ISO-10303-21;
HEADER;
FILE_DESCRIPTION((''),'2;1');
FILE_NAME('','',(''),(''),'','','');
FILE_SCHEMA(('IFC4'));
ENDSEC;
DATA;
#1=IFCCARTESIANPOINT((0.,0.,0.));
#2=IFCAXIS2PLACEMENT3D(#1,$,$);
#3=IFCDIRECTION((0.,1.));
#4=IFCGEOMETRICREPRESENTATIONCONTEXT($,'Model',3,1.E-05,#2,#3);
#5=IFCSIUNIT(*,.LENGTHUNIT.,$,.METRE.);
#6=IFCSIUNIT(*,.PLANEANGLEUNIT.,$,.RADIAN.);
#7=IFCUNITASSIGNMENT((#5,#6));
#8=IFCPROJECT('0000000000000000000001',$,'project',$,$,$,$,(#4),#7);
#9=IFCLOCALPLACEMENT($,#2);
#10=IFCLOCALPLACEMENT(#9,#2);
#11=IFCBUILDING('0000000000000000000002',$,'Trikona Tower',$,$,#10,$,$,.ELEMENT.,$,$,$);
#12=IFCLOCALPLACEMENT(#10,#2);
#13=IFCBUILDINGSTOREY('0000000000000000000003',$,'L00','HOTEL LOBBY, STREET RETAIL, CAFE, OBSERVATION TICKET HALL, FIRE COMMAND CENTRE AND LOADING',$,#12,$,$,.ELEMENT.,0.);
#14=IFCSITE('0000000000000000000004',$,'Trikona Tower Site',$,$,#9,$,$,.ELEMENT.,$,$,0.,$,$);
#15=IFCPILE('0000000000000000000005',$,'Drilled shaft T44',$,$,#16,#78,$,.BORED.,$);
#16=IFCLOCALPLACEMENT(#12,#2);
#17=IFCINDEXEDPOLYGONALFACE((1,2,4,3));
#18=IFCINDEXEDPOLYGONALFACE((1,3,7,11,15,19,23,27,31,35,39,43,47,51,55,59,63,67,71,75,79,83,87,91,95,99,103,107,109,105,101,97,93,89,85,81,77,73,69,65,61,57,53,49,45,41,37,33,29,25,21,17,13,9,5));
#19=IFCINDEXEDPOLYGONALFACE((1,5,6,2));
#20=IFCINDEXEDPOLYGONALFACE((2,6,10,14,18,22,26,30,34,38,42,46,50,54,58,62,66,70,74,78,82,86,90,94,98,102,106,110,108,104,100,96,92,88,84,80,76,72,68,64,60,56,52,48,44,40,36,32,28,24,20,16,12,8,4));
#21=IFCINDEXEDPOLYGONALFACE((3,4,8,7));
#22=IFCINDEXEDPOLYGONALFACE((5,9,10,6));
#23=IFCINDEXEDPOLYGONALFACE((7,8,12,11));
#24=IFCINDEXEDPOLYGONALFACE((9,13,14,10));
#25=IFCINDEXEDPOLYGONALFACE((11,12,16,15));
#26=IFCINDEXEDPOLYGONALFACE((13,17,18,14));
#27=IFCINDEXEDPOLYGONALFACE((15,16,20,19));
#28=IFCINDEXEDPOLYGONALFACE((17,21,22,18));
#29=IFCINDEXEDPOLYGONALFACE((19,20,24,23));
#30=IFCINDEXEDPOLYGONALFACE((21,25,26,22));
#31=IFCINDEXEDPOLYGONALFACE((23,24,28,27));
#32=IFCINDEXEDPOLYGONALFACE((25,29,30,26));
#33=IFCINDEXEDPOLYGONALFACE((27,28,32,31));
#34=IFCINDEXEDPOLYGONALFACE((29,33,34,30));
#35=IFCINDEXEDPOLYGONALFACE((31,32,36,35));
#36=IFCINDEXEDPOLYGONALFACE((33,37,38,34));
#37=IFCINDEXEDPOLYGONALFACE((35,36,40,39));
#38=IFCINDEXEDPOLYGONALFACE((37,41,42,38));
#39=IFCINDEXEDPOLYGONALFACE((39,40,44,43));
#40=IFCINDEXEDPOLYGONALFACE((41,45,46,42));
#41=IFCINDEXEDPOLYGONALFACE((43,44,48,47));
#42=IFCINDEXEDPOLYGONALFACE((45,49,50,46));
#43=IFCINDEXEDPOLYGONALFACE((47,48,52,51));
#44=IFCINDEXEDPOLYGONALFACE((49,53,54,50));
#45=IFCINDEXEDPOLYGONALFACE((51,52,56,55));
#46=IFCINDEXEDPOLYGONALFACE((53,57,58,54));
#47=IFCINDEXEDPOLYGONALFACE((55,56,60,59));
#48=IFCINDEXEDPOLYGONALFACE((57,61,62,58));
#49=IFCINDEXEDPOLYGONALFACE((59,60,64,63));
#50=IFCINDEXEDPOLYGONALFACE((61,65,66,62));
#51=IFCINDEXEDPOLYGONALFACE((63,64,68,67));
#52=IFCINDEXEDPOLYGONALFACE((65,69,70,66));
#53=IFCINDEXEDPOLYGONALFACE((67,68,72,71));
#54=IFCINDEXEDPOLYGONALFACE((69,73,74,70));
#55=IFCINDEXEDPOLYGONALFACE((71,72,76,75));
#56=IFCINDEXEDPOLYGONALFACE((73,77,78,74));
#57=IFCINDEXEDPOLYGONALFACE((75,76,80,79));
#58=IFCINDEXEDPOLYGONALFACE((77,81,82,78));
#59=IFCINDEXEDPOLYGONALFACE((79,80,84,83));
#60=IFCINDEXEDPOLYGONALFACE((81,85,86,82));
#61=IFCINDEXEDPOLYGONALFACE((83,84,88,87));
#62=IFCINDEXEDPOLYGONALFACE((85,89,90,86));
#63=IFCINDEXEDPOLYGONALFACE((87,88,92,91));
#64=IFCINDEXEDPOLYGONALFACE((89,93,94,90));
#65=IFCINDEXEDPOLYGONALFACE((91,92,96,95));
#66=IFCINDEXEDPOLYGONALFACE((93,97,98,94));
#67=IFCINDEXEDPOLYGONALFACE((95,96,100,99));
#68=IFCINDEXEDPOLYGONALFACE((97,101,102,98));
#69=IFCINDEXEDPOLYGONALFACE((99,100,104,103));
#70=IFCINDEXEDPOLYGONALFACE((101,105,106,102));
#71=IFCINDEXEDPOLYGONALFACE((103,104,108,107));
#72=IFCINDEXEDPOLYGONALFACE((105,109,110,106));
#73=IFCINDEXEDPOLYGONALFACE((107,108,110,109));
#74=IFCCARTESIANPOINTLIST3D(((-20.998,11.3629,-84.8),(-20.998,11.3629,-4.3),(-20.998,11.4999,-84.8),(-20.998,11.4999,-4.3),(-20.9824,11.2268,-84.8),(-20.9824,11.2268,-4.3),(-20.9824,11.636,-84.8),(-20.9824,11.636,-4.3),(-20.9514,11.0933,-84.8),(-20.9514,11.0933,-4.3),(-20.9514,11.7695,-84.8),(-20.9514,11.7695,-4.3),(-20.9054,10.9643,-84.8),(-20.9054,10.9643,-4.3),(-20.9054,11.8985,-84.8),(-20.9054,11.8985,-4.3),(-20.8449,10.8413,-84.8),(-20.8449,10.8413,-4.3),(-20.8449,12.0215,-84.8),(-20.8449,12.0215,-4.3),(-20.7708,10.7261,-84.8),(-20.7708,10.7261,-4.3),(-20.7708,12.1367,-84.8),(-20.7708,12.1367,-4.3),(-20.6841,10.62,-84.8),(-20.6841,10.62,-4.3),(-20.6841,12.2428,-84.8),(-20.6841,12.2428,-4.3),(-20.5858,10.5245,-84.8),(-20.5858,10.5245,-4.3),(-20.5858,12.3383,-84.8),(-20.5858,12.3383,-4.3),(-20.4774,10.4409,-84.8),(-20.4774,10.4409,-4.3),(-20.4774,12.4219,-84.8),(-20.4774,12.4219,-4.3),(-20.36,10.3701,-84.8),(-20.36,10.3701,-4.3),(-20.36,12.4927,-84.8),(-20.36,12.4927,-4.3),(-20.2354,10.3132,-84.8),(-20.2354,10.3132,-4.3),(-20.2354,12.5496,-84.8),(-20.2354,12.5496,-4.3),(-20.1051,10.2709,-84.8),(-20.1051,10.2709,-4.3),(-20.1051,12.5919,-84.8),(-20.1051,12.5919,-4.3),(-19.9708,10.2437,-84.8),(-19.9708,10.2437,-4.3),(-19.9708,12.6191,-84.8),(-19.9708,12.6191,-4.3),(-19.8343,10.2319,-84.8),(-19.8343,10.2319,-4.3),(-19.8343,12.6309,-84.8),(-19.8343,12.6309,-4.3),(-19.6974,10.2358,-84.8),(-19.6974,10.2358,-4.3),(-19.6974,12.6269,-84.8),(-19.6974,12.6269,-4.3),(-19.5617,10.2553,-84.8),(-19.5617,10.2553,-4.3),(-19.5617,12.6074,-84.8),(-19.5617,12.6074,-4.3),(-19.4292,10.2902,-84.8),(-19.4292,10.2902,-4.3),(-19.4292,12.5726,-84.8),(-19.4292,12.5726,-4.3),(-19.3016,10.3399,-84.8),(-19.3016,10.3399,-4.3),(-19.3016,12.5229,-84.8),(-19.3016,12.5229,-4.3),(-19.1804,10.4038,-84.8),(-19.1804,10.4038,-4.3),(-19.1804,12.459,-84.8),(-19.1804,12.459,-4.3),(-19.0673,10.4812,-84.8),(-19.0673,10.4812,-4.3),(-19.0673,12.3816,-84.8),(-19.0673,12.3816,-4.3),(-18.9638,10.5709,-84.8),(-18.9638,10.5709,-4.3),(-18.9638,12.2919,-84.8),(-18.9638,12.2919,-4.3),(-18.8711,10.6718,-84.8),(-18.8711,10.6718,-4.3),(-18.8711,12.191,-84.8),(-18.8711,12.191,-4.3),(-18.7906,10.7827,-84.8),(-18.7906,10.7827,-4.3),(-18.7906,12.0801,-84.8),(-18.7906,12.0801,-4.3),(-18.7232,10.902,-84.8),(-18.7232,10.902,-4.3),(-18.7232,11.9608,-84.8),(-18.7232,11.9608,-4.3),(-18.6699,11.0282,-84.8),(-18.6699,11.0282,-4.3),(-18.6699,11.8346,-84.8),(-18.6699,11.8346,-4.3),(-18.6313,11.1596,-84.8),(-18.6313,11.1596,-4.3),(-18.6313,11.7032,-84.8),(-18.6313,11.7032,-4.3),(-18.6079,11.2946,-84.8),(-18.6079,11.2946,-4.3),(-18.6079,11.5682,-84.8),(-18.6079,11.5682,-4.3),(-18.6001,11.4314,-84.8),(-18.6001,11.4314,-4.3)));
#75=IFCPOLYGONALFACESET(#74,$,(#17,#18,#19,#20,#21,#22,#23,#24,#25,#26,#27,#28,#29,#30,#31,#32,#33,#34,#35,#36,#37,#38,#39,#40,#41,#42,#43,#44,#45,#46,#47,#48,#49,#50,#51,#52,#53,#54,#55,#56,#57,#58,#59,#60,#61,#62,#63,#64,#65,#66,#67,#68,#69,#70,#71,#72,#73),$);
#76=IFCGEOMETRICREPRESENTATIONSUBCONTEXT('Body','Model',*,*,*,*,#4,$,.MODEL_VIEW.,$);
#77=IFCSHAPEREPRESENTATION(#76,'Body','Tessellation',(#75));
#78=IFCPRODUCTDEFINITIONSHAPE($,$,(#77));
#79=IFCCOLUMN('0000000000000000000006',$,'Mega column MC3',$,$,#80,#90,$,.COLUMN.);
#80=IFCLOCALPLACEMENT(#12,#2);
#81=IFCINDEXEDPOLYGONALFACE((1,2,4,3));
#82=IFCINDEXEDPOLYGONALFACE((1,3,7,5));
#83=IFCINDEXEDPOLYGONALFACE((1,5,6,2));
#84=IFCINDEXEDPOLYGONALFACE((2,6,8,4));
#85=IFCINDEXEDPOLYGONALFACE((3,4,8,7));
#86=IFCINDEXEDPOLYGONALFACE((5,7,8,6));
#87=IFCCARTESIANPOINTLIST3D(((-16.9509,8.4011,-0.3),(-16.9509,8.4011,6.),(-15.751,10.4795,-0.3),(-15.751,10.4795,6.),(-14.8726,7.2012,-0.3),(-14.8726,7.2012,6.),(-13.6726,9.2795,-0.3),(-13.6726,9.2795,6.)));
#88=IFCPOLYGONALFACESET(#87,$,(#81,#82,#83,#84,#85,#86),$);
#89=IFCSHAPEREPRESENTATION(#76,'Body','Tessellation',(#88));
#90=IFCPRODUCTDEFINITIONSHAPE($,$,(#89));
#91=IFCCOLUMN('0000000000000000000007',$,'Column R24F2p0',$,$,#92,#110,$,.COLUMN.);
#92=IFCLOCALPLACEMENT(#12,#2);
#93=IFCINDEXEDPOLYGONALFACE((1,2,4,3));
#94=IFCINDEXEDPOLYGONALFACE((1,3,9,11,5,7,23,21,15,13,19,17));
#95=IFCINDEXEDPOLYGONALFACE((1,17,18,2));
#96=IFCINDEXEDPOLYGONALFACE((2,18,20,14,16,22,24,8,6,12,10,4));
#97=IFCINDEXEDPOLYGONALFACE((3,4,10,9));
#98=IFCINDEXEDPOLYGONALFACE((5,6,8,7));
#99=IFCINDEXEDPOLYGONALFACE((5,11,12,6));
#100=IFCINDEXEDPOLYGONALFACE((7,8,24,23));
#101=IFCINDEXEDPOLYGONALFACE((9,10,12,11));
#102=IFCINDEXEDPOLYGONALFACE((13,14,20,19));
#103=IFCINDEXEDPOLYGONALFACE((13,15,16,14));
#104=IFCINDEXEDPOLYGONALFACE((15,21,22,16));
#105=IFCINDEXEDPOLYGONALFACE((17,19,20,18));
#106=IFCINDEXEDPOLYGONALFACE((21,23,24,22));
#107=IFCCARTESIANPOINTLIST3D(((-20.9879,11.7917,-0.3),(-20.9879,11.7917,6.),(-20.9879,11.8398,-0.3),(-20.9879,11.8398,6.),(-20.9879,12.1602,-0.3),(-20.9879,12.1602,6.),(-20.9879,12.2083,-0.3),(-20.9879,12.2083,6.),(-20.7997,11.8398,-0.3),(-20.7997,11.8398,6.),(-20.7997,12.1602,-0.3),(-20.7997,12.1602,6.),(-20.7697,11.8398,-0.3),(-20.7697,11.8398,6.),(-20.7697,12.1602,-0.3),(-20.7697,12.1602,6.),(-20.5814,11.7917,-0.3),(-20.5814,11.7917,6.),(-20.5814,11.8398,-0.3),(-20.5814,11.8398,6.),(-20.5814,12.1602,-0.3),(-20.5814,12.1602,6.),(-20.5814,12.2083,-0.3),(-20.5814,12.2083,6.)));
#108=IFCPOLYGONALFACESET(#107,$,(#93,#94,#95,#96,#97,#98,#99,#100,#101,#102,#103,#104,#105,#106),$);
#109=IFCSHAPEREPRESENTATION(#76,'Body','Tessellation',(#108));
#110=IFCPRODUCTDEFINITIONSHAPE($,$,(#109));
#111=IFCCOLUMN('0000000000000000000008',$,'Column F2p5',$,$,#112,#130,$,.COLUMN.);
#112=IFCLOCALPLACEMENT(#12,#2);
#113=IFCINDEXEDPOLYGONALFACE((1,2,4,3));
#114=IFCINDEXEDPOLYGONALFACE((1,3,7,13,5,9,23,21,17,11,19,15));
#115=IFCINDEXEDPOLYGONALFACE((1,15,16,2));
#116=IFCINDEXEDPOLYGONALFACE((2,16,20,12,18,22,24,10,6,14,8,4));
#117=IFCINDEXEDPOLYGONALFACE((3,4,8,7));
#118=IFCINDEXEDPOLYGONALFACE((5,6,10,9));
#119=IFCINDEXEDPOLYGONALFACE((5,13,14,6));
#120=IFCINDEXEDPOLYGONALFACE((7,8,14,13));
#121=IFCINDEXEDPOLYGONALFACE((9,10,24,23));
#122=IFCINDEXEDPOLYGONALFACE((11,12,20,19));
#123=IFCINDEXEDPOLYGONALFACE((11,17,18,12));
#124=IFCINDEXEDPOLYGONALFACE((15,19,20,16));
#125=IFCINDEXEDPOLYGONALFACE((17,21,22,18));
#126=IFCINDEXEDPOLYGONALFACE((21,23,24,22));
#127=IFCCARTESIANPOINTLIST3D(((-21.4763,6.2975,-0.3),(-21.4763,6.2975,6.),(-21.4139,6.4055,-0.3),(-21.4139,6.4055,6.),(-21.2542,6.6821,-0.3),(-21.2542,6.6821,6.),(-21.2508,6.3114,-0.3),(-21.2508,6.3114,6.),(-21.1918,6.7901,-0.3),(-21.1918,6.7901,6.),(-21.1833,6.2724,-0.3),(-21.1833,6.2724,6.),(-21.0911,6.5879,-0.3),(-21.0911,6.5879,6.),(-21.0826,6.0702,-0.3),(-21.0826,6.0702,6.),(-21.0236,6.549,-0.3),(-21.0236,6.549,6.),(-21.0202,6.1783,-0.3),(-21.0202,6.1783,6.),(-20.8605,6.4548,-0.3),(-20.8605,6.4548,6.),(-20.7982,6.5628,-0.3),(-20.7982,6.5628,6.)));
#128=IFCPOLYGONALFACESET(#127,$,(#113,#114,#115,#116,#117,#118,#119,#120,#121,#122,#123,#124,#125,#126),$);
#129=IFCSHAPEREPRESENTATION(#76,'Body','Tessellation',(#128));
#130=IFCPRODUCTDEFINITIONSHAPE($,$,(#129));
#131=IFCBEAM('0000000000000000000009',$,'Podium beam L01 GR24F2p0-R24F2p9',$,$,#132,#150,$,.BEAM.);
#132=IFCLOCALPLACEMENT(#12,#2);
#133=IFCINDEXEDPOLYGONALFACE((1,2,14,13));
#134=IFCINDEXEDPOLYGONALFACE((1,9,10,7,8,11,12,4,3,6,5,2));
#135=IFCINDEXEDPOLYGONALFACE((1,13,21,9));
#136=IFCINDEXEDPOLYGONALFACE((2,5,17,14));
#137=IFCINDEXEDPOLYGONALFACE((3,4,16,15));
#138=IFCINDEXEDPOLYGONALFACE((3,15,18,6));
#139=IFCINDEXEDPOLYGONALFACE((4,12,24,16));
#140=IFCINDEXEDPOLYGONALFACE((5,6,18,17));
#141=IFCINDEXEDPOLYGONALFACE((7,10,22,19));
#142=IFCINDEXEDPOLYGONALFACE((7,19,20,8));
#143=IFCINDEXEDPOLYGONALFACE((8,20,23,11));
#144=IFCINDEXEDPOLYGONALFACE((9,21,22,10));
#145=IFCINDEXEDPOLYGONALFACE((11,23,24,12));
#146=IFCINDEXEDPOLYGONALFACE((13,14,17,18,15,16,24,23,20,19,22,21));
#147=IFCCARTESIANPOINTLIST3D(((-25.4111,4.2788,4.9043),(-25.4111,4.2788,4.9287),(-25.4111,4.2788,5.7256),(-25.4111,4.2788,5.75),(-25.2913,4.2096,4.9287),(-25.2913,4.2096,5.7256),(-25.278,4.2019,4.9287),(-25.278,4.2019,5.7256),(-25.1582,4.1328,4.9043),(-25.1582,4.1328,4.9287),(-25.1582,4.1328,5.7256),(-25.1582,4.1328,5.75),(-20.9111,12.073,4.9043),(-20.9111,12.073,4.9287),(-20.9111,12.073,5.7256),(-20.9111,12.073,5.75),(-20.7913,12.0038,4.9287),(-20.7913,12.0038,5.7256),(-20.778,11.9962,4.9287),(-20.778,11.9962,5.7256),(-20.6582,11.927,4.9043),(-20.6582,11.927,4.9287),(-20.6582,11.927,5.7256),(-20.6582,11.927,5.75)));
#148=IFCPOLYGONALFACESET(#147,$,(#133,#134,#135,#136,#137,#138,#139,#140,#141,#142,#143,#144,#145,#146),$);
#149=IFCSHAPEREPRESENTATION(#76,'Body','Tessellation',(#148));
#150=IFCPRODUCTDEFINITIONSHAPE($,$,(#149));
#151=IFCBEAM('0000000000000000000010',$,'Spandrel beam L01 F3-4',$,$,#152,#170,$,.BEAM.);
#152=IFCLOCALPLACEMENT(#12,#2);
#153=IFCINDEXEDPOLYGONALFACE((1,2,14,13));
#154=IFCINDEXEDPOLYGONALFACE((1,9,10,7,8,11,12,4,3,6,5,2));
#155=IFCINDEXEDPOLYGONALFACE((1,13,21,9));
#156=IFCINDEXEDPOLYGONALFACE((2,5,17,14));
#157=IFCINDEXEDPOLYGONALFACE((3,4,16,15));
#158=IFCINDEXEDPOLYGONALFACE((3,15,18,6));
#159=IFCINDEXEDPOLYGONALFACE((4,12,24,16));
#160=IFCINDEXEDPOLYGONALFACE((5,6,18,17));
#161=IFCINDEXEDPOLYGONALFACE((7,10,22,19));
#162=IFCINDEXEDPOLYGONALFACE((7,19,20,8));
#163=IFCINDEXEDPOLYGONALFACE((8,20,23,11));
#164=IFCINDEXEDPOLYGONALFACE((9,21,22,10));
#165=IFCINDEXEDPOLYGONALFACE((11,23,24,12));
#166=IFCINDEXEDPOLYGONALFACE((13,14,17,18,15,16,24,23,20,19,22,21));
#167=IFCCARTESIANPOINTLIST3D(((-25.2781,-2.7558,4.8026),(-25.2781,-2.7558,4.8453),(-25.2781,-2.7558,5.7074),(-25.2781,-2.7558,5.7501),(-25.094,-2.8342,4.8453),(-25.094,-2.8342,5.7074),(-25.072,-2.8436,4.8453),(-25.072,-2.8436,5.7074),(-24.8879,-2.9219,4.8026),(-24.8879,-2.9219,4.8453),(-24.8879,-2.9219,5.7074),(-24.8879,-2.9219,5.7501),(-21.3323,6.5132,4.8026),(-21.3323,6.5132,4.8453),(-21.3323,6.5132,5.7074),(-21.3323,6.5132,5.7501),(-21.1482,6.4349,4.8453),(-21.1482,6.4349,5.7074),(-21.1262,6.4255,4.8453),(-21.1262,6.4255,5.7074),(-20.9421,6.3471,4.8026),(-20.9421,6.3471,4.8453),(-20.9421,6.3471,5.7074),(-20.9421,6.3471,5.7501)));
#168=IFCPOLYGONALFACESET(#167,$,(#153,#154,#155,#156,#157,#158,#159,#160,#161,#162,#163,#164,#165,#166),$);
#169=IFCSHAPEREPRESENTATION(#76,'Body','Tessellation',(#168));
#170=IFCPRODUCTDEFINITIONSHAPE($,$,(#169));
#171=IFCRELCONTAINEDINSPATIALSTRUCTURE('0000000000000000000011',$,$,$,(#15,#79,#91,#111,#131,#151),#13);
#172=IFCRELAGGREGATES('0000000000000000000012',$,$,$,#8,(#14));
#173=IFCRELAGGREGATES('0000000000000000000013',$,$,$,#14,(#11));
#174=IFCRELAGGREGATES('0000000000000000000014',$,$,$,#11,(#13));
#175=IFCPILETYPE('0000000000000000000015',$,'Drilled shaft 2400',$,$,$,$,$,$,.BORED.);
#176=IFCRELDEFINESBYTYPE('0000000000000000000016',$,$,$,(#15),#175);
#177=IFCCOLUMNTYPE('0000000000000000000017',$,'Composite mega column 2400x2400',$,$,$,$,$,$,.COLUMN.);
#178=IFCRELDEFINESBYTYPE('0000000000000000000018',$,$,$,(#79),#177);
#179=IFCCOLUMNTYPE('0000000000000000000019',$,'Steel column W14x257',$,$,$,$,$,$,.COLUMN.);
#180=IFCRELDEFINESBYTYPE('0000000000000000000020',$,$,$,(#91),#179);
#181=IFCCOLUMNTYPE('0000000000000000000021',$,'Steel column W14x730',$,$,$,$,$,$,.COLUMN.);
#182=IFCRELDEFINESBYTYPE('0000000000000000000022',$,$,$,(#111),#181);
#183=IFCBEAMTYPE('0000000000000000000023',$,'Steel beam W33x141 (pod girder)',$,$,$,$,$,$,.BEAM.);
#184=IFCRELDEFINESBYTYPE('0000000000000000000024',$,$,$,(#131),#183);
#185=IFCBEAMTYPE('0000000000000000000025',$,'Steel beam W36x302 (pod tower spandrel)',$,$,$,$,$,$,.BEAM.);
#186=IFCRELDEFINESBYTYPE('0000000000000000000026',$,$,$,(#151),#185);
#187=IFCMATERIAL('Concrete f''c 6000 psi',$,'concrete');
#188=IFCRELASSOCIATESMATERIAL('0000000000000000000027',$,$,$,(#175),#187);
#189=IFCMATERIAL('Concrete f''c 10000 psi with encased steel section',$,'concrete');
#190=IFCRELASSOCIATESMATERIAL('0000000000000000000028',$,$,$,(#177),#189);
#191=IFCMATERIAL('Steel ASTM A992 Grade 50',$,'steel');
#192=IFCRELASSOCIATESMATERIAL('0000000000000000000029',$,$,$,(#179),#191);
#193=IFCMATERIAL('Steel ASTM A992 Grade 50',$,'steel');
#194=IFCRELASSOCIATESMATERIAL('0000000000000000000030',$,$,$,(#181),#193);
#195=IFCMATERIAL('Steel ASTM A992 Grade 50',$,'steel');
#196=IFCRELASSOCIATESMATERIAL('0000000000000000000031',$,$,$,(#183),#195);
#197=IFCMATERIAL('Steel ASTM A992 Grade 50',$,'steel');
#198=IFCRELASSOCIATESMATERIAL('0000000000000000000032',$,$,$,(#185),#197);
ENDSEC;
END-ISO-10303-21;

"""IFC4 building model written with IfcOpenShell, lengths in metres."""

from ifc_helpers import new_model, si_unit, direction, frame, origin, origin_2d, place, context, subcontext, project, spatial, rectangle, circle, i_section, extrude, material, material_profile, profile_set, type_object, element, save


model = new_model("IFC4")

# Units and contexts
model_context = context("Model", 3, precision=1e-05, world=origin(), true_north=direction((0.0, 1.0)))
body_context = subcontext(model_context, "Body", "Model", "MODEL_VIEW")
ifc_project = project(units=[si_unit("LENGTHUNIT", "METRE"), si_unit("PLANEANGLEUNIT", "RADIAN")], contexts=[model_context])

# Site, building, storey
site_placement = place(None, origin())
site = spatial("IfcSite", under=ifc_project, at=site_placement, Name="Trikona Tower Site", CompositionType="ELEMENT", RefElevation=0.0)
building_placement = place(site_placement, origin())
building = spatial("IfcBuilding", under=site, at=building_placement, Name="Trikona Tower", CompositionType="ELEMENT")
storey_placement = place(building_placement, origin())
storey = spatial("IfcBuildingStorey", under=building, at=storey_placement, Name="L00", Description="HOTEL LOBBY, STREET RETAIL, CAFE, OBSERVATION TICKET HALL, FIRE COMMAND CENTRE AND LOADING", CompositionType="ELEMENT", Elevation=0.0)

# Pile
ifc_material_1 = material(Name="Concrete f'c 6000 psi", Category="concrete")
pile_type = type_object("IfcPileType", Name="Drilled shaft 2400", PredefinedType="BORED", material=ifc_material_1)
for number, where, z_axis, x_axis, name in (
    (1, (-19.8, 11.4314, -4.3), (0.0, 0.0, -1.0), (1.0, 0.0, 0.0), "Drilled shaft T44"),
):
    element("IfcPile", number, at=place(storey_placement, frame(where, z_axis=z_axis, x_axis=x_axis)), inside=storey, type_object=pile_type, Name=name, PredefinedType="BORED", context=body_context, shape_type="SweptSolid", body=[
        extrude(circle(Radius=1.2, at=origin_2d()), origin(), (0.0, 0.0, 1.0), 80.5),
    ])

# Columns
ifc_material_2 = material(Name="Concrete f'c 10000 psi with encased steel section", Category="concrete")
ifc_material_profile_1 = material_profile(ifc_material_2, rectangle(XDim=2.3999, YDim=2.3999, at=origin_2d()), Name="MC2400")
ifc_profile_set_1 = profile_set([ifc_material_profile_1], Name="Concrete f'c 10000 psi with encased steel section")
column_type_1 = type_object("IfcColumnType", Name="Composite mega column 2400x2400", PredefinedType="COLUMN", material=ifc_profile_set_1)
column_1_placement = place(storey_placement, frame((-15.3118, 8.8403, -0.3), z_axis=(0.0, 0.0, 1.0), x_axis=(-0.866025, 0.5, 0.0)))
element("IfcColumn", 2, at=column_1_placement, inside=storey, type_object=column_type_1, Name="Mega column MC3", PredefinedType="COLUMN", context=body_context, shape_type="SweptSolid", body=[
    extrude(rectangle(XDim=2.3999, YDim=2.3999, at=origin_2d()), origin(), (0.0, 0.0, 1.0), 6.3),
])
ifc_material_3 = material(Name="Steel ASTM A992 Grade 50", Category="steel")
ifc_material_profile_2 = material_profile(ifc_material_3, i_section(OverallWidth=0.4065, OverallDepth=0.4165, WebThickness=0.03, FlangeThickness=0.0481, at=origin_2d()), Name="W14X257")
ifc_profile_set_2 = profile_set([ifc_material_profile_2], Name="Steel ASTM A992 Grade 50")
column_type_2 = type_object("IfcColumnType", Name="Steel column W14x257", PredefinedType="COLUMN", material=ifc_profile_set_2)
column_2_placement = place(storey_placement, frame((-20.7847, 12.0, -0.3), z_axis=(0.0, 0.0, 1.0), x_axis=(1.0, 0.0, 0.0)))
element("IfcColumn", 3, at=column_2_placement, inside=storey, type_object=column_type_2, Name="Column R24F2p0", PredefinedType="COLUMN", context=body_context, shape_type="SweptSolid", body=[
    extrude(i_section(OverallWidth=0.4065, OverallDepth=0.4165, WebThickness=0.03, FlangeThickness=0.0481, at=origin_2d()), origin(), (0.0, 0.0, 1.0), 6.3),
])
ifc_material_4 = material(Name="Steel ASTM A992 Grade 50", Category="steel")
ifc_material_profile_3 = material_profile(ifc_material_4, i_section(OverallWidth=0.4546, OverallDepth=0.5688, WebThickness=0.0779, FlangeThickness=0.1248, at=origin_2d()), Name="W14X730")
ifc_profile_set_3 = profile_set([ifc_material_profile_3], Name="Steel ASTM A992 Grade 50")
column_type_3 = type_object("IfcColumnType", Name="Steel column W14x730", PredefinedType="COLUMN", material=ifc_profile_set_3)
column_3_placement = place(storey_placement, frame((-21.1372, 6.4302, -0.3), z_axis=(0.0, 0.0, 1.0), x_axis=(-0.866025, 0.5, 0.0)))
element("IfcColumn", 4, at=column_3_placement, inside=storey, type_object=column_type_3, Name="Column F2p5", PredefinedType="COLUMN", context=body_context, shape_type="SweptSolid", body=[
    extrude(i_section(OverallWidth=0.4546, OverallDepth=0.5688, WebThickness=0.0779, FlangeThickness=0.1248, at=origin_2d()), origin(), (0.0, 0.0, 1.0), 6.3),
])

# Beams
ifc_material_5 = material(Name="Steel ASTM A992 Grade 50", Category="steel")
ifc_material_profile_4 = material_profile(ifc_material_5, i_section(OverallWidth=0.292, OverallDepth=0.8457, WebThickness=0.0154, FlangeThickness=0.0244, at=origin_2d()), Name="W33X141")
ifc_profile_set_4 = profile_set([ifc_material_profile_4], Name="Steel ASTM A992 Grade 50")
beam_type_1 = type_object("IfcBeamType", Name="Steel beam W33x141 (pod girder)", PredefinedType="BEAM", material=ifc_profile_set_4)
beam_1_placement = place(storey_placement, frame((-20.7847, 12.0, 5.3271), z_axis=(-0.500002, -0.866024, 0.0), x_axis=(0.866024, -0.500002, 0.0)))
element("IfcBeam", 5, at=beam_1_placement, inside=storey, type_object=beam_type_1, Name="Podium beam L01 GR24F2p0-R24F2p9", PredefinedType="BEAM", context=body_context, shape_type="SweptSolid", body=[
    extrude(i_section(OverallWidth=0.292, OverallDepth=0.8457, WebThickness=0.0154, FlangeThickness=0.0244, at=origin_2d()), origin(), (0.0, 0.0, 1.0), 9.0),
])
ifc_material_6 = material(Name="Steel ASTM A992 Grade 50", Category="steel")
ifc_material_profile_5 = material_profile(ifc_material_6, i_section(OverallWidth=0.4241, OverallDepth=0.9475, WebThickness=0.0239, FlangeThickness=0.0427, at=origin_2d()), Name="W36X302")
ifc_profile_set_5 = profile_set([ifc_material_profile_5], Name="Steel ASTM A992 Grade 50")
beam_type_2 = type_object("IfcBeamType", Name="Steel beam W36x302 (pod tower spandrel)", PredefinedType="BEAM", material=ifc_profile_set_5)
beam_2_placement = place(storey_placement, frame((-21.1372, 6.4302, 5.2764), z_axis=(-0.391684, -0.9201, 0.0), x_axis=(0.9201, -0.391684, 0.0)))
element("IfcBeam", 6, at=beam_2_placement, inside=storey, type_object=beam_type_2, Name="Spandrel beam L01 F3-4", PredefinedType="BEAM", context=body_context, shape_type="SweptSolid", body=[
    extrude(i_section(OverallWidth=0.4241, OverallDepth=0.9475, WebThickness=0.0239, FlangeThickness=0.0427, at=origin_2d()), origin(), (0.0, 0.0, 1.0), 10.074),
])

save(model, "model.ifc")
